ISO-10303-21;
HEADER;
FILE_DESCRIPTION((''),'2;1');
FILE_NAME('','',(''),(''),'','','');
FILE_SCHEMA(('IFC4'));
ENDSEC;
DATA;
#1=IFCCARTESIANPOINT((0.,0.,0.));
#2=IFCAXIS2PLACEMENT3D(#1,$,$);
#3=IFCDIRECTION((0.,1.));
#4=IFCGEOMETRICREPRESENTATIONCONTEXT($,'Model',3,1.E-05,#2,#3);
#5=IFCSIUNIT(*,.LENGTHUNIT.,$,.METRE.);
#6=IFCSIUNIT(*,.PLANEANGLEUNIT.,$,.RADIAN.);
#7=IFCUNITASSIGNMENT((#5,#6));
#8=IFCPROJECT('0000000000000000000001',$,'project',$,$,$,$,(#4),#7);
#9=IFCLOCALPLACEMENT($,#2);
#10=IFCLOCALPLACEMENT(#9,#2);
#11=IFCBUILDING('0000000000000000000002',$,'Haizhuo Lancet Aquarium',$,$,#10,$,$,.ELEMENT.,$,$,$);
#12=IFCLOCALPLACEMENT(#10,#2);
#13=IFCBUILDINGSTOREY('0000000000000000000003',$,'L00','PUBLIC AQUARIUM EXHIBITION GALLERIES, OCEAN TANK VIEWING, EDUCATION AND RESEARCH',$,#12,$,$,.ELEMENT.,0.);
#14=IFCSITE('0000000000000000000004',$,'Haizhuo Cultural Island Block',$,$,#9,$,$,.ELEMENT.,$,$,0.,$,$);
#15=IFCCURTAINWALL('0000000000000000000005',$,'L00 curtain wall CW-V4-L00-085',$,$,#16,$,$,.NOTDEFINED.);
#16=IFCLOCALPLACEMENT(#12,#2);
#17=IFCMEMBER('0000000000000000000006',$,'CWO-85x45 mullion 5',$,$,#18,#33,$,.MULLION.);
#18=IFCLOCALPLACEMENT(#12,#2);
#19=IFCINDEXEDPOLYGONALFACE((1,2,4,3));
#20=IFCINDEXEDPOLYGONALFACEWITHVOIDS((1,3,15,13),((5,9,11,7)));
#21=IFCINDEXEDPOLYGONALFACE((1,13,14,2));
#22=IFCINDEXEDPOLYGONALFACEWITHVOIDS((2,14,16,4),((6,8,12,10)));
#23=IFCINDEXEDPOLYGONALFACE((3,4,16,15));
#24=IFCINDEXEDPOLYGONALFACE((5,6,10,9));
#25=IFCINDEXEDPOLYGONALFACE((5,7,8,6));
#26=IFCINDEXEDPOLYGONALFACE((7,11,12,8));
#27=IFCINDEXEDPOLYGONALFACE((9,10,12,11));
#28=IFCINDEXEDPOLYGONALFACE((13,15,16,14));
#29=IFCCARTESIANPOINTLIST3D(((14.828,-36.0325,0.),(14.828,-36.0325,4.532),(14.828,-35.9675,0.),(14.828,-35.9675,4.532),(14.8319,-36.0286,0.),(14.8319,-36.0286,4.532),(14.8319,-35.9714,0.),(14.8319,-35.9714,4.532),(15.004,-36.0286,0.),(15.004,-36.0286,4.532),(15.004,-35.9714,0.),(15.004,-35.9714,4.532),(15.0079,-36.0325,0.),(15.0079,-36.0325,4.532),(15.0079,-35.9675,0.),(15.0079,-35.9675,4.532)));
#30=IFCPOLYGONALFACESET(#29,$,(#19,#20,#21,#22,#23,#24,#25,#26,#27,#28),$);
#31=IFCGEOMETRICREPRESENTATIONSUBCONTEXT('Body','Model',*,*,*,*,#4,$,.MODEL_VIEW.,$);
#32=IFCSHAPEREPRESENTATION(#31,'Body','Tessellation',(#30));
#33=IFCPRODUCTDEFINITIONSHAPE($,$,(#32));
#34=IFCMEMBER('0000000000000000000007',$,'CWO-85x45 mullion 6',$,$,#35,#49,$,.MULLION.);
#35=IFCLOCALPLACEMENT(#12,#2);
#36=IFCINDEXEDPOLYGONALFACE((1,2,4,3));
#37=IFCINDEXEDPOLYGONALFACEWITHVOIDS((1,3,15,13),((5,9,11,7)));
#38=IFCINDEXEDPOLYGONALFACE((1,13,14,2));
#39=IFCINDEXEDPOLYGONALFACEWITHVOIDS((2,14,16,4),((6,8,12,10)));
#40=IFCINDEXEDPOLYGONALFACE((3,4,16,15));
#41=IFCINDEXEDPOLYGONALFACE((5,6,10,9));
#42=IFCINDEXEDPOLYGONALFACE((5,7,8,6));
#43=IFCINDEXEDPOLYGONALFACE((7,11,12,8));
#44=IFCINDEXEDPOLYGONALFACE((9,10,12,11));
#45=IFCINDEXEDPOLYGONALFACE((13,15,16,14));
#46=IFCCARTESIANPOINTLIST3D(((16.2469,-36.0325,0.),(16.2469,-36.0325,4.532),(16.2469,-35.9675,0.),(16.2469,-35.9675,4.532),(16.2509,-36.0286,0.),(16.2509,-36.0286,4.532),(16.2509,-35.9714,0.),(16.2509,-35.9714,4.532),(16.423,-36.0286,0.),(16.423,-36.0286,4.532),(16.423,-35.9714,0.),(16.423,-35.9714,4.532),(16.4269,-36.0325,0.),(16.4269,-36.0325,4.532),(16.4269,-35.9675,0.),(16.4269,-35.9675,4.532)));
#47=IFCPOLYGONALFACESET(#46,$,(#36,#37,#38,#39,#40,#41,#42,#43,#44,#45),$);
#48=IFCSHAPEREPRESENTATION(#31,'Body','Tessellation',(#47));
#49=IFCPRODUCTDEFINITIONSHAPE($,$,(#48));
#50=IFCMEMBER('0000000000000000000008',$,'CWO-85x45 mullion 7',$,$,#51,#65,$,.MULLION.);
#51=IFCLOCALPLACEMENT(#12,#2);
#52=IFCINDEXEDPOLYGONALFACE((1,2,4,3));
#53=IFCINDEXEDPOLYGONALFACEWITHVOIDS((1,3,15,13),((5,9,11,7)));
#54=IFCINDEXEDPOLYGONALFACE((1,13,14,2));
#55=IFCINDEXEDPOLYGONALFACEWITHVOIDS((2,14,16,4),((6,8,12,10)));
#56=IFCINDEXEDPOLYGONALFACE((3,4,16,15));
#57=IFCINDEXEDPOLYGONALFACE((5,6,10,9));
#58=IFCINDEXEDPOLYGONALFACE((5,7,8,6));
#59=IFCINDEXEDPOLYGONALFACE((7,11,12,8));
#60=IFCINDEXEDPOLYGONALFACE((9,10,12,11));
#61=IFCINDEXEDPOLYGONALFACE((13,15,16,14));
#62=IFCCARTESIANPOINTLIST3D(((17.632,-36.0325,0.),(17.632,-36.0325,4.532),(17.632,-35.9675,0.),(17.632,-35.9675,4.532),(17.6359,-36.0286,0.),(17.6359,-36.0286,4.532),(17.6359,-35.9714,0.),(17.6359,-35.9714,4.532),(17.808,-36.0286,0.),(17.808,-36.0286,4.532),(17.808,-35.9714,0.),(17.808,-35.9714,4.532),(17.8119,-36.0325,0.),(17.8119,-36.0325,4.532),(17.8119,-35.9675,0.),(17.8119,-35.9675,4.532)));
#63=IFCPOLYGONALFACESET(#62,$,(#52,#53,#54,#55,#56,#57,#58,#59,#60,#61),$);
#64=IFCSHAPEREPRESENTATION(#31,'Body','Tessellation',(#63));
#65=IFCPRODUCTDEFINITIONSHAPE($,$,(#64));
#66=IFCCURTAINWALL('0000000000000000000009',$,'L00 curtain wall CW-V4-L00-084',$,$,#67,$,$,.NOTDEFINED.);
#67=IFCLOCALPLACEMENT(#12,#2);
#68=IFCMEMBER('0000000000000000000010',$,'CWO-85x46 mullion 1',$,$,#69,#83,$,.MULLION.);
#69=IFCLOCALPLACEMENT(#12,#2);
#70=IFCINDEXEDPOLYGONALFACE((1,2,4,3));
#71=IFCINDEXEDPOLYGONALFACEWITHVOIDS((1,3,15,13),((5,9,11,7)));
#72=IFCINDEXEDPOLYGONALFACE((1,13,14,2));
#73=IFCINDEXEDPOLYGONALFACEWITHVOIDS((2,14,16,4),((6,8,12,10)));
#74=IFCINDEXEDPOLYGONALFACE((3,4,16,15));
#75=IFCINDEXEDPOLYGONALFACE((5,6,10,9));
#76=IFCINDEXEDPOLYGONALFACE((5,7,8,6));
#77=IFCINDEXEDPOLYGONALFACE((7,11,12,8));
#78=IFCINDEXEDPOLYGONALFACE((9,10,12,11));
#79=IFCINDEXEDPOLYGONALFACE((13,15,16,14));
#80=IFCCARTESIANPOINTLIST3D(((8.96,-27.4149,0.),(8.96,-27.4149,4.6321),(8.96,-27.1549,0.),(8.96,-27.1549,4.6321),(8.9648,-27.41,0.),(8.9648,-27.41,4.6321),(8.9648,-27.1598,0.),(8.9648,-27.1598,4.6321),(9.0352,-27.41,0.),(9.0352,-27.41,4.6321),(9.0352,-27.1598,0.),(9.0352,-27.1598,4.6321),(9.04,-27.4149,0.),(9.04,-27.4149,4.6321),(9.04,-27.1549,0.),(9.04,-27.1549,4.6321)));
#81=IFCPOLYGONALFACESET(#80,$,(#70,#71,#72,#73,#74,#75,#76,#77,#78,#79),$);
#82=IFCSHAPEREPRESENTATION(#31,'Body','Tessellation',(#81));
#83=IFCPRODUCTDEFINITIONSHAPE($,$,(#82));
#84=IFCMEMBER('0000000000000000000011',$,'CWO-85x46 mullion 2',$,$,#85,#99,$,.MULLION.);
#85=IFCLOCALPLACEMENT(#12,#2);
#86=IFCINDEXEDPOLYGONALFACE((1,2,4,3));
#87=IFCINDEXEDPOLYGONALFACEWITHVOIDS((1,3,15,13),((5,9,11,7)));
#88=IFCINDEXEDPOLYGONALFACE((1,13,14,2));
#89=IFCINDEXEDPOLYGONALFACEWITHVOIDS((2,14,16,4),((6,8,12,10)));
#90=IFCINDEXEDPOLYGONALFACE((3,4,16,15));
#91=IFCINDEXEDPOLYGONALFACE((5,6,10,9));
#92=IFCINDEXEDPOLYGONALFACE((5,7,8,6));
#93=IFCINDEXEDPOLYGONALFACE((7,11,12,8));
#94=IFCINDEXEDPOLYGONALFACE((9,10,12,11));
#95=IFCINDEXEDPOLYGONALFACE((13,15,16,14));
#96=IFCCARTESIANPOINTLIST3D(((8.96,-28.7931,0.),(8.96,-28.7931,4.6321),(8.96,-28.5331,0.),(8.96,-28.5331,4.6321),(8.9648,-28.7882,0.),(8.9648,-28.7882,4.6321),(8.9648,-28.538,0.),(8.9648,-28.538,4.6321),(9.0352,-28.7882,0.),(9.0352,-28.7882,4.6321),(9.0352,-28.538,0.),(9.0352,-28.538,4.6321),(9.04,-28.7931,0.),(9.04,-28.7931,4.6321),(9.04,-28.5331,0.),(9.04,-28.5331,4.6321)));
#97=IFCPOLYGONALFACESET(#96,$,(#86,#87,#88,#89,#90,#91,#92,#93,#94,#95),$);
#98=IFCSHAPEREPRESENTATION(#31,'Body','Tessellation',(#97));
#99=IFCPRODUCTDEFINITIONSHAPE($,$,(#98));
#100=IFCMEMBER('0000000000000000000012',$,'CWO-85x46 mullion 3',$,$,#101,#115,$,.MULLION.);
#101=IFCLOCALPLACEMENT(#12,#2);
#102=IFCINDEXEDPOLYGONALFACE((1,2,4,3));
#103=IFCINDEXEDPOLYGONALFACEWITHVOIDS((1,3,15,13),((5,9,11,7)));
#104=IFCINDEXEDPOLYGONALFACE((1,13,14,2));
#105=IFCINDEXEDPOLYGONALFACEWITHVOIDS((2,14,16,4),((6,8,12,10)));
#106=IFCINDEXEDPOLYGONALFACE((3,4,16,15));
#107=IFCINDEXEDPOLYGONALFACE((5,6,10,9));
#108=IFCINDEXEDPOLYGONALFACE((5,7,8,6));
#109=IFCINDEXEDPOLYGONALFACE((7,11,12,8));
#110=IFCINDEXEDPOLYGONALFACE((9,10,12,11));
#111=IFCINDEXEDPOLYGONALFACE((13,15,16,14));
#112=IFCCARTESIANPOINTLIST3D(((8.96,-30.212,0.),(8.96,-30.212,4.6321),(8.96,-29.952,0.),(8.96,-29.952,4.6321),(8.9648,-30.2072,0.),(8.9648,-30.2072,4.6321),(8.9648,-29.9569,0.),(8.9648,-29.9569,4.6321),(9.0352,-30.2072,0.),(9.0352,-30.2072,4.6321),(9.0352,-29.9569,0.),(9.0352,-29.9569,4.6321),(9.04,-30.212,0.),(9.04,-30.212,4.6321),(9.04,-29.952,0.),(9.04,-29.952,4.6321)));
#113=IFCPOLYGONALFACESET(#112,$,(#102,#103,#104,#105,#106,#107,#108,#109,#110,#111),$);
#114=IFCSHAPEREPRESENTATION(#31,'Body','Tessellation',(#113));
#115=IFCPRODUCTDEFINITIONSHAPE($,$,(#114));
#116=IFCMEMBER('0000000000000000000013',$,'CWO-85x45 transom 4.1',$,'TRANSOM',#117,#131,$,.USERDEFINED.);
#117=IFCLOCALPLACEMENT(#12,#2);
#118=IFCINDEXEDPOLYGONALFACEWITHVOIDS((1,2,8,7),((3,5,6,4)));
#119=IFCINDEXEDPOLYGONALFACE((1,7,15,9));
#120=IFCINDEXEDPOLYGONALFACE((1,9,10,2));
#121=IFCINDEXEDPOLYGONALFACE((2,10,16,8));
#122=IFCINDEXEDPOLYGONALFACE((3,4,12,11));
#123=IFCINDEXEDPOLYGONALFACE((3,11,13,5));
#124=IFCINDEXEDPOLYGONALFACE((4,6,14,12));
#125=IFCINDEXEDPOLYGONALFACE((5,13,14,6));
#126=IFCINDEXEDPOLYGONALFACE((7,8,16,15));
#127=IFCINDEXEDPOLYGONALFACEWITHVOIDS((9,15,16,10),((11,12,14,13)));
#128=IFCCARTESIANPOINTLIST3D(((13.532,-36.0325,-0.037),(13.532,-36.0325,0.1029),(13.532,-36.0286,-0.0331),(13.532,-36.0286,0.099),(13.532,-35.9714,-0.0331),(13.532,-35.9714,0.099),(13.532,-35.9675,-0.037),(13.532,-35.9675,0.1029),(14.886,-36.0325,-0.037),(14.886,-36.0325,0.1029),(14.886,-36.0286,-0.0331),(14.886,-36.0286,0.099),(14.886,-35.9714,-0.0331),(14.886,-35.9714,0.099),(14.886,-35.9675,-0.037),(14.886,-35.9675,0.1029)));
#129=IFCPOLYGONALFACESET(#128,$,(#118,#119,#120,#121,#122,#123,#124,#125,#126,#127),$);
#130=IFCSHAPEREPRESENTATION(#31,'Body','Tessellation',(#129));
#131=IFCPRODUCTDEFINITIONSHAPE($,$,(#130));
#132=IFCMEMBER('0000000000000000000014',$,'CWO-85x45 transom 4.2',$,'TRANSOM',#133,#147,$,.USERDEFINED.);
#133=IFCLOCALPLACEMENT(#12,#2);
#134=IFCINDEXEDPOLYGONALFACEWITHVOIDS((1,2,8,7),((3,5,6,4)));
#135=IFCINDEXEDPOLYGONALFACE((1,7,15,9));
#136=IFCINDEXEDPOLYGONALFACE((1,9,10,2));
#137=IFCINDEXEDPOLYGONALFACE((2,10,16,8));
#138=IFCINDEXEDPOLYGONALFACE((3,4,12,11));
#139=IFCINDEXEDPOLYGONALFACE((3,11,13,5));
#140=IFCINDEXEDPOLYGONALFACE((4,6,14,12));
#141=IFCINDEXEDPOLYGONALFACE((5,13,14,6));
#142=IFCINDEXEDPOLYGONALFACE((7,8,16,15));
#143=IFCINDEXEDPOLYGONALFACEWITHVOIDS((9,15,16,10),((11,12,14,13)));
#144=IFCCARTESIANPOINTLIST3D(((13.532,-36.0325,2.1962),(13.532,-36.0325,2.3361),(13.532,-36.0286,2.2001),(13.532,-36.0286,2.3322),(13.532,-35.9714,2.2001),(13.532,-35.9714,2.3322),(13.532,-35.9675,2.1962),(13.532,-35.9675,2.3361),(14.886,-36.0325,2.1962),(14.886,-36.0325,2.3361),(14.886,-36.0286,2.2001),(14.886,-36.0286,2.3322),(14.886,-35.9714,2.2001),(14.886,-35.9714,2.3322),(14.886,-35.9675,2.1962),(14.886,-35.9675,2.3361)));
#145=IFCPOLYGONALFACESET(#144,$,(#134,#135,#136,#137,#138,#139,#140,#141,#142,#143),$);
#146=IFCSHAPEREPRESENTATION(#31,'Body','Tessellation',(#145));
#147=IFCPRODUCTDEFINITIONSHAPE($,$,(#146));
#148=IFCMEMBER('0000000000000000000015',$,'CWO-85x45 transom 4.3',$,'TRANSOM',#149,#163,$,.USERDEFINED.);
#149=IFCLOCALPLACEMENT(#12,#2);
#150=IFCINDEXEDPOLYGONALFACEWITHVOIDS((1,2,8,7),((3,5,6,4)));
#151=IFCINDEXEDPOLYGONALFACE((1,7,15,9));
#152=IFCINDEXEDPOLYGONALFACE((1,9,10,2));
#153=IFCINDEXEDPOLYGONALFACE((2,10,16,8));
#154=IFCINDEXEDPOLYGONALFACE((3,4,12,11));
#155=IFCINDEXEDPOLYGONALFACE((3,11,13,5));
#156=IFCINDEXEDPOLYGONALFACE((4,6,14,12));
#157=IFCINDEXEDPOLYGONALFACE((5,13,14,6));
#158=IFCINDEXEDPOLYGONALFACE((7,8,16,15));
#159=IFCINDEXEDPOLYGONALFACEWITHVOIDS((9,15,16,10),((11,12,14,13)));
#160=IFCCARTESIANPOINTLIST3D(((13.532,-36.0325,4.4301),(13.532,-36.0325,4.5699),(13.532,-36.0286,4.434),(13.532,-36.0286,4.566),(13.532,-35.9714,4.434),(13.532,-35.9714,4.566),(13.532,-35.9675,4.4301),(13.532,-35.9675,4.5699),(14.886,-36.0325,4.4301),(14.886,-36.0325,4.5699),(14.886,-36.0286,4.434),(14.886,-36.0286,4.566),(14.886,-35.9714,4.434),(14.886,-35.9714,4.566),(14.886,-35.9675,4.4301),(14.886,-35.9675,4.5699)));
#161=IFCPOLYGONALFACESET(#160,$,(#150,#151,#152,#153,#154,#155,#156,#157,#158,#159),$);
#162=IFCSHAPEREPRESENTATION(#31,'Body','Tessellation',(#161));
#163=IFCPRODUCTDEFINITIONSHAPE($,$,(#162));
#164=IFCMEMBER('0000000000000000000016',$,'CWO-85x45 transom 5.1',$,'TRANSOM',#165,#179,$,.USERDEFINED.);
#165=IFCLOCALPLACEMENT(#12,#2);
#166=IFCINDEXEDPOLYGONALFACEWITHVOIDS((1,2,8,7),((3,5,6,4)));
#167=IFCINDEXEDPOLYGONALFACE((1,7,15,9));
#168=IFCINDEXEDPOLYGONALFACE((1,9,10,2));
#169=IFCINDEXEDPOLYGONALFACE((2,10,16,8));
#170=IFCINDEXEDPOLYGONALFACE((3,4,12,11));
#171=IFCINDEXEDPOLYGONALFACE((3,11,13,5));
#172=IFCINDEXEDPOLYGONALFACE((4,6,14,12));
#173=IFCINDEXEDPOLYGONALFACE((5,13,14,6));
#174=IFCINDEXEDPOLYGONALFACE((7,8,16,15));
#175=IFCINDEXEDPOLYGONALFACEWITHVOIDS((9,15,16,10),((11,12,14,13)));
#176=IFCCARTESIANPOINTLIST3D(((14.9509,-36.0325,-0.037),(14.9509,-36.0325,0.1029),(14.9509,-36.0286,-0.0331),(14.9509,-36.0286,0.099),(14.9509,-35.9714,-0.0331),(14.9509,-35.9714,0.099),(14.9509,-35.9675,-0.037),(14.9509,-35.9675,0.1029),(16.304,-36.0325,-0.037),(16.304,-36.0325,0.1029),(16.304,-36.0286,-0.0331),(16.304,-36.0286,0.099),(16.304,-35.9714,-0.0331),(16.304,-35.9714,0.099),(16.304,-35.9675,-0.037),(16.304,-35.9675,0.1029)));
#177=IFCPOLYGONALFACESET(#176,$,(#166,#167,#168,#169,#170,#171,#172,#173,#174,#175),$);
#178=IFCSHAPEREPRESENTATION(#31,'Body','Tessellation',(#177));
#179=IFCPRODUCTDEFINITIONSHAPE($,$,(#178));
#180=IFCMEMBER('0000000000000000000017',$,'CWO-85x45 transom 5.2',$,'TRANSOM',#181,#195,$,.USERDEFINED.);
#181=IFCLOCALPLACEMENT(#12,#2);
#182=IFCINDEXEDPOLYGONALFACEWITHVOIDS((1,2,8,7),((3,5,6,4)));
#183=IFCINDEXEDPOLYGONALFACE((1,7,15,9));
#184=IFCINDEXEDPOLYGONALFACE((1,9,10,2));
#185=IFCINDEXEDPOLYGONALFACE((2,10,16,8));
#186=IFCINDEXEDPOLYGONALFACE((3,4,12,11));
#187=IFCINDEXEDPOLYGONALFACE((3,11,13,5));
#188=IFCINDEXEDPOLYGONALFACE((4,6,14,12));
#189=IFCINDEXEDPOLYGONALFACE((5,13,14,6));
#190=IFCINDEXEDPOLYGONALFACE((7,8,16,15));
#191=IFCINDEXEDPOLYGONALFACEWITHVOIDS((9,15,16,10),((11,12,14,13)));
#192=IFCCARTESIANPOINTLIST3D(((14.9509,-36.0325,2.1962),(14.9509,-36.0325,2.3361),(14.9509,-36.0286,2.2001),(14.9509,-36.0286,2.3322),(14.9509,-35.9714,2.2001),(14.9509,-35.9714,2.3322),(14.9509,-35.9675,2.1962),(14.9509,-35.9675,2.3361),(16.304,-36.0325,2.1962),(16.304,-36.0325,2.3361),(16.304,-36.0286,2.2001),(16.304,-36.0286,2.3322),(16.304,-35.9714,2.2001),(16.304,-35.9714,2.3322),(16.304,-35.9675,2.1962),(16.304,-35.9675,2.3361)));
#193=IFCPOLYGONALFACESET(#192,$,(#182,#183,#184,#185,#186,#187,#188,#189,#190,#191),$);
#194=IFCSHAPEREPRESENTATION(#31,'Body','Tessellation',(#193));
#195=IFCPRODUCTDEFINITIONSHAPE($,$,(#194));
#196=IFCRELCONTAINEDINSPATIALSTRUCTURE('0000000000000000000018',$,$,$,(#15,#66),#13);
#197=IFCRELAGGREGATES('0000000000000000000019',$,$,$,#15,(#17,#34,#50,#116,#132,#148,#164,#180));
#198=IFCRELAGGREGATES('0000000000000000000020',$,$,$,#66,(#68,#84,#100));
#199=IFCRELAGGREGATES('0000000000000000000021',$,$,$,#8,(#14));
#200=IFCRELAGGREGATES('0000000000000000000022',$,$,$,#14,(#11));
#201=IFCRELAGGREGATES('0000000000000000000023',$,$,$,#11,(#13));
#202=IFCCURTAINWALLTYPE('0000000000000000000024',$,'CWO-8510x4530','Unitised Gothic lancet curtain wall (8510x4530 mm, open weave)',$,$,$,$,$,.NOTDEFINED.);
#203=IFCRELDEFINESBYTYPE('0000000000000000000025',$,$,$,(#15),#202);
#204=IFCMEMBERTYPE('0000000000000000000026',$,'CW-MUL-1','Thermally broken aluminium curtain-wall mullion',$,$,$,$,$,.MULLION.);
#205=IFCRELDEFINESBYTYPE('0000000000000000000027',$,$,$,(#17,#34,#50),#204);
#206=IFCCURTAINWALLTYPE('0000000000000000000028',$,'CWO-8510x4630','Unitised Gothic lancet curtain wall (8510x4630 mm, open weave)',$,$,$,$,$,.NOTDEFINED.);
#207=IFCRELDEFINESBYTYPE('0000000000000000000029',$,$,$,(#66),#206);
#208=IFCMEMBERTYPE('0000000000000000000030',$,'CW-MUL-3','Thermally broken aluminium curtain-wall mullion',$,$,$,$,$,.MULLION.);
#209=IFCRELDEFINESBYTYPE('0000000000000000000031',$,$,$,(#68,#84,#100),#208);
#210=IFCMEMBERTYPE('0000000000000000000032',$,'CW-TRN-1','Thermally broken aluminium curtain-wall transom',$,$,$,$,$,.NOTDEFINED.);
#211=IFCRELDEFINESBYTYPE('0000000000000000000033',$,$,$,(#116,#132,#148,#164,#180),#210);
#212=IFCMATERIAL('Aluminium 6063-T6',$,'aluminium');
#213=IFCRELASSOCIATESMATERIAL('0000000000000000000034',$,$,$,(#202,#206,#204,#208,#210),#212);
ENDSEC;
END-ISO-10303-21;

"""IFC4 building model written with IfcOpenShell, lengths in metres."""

from ifc_helpers import new_model, si_unit, direction, frame, origin, origin_2d, place, context, subcontext, project, spatial, hollow_rectangle, extrude, material, material_profile, profile_set, type_object, element, aggregate, save


model = new_model("IFC4")

# Units and contexts
model_context = context("Model", 3, precision=1e-05, world=origin(), true_north=direction((0.0, 1.0)))
body_context = subcontext(model_context, "Body", "Model", "MODEL_VIEW")
ifc_project = project(units=[si_unit("LENGTHUNIT", "METRE"), si_unit("PLANEANGLEUNIT", "RADIAN")], contexts=[model_context])

# Site, building, storey
site_placement = place(None, origin())
site = spatial("IfcSite", under=ifc_project, at=site_placement, Name="Haizhuo Cultural Island Block", CompositionType="ELEMENT", RefElevation=0.0)
building_placement = place(site_placement, origin())
building = spatial("IfcBuilding", under=site, at=building_placement, Name="Haizhuo Lancet Aquarium", CompositionType="ELEMENT")
storey_placement = place(building_placement, origin())
storey = spatial("IfcBuildingStorey", under=building, at=storey_placement, Name="L00", Description="PUBLIC AQUARIUM EXHIBITION GALLERIES, OCEAN TANK VIEWING, EDUCATION AND RESEARCH", CompositionType="ELEMENT", Elevation=0.0)

# Curtain walls, members
ifc_material_1 = material(Name="Aluminium 6063-T6", Category="aluminium")
curtain_wall_type_1 = type_object("IfcCurtainWallType", Name="CWO-8510x4530", Description="Unitised Gothic lancet curtain wall (8510x4530 mm, open weave)", PredefinedType="NOTDEFINED", material=ifc_material_1)
curtain_wall_1_placement = place(storey_placement, origin())
curtain_wall_1 = element("IfcCurtainWall", 1, at=curtain_wall_1_placement, inside=storey, type_object=curtain_wall_type_1, Name="L00 curtain wall CW-V4-L00-085", PredefinedType="NOTDEFINED")
ifc_material_profile_1 = material_profile(ifc_material_1, hollow_rectangle(XDim=0.0649, YDim=0.1799, WallThickness=0.0039, at=origin_2d()), Name="ALU-M 65x180x4")
ifc_profile_set_1 = profile_set([ifc_material_profile_1], Name="Aluminium 6063-T6")
member_type_1 = type_object("IfcMemberType", Name="CW-MUL-1", Description="Thermally broken aluminium curtain-wall mullion", PredefinedType="MULLION", material=ifc_profile_set_1)
member_1_placement = place(storey_placement, frame((14.918, -36.0, 0.0), z_axis=(0.0, 0.0, 1.0), x_axis=(0.0, 1.0, 0.0)))
member_1 = element("IfcMember", 2, at=member_1_placement, type_object=member_type_1, Name="CWO-85x45 mullion 5", PredefinedType="MULLION", context=body_context, shape_type="SweptSolid", body=[
    extrude(hollow_rectangle(XDim=0.0649, YDim=0.1799, WallThickness=0.0039, at=origin_2d()), origin(), (0.0, 0.0, 1.0), 4.532),
])
member_2_placement = place(storey_placement, frame((16.3369, -36.0, 0.0), z_axis=(0.0, 0.0, 1.0), x_axis=(0.0, 1.0, 0.0)))
member_2 = element("IfcMember", 3, at=member_2_placement, type_object=member_type_1, Name="CWO-85x45 mullion 6", PredefinedType="MULLION", context=body_context, shape_type="SweptSolid", body=[
    extrude(hollow_rectangle(XDim=0.0649, YDim=0.1799, WallThickness=0.0039, at=origin_2d()), origin(), (0.0, 0.0, 1.0), 4.532),
])
member_3_placement = place(storey_placement, frame((17.7219, -36.0, 0.0), z_axis=(0.0, 0.0, 1.0), x_axis=(0.0, 1.0, 0.0)))
member_3 = element("IfcMember", 4, at=member_3_placement, type_object=member_type_1, Name="CWO-85x45 mullion 7", PredefinedType="MULLION", context=body_context, shape_type="SweptSolid", body=[
    extrude(hollow_rectangle(XDim=0.0649, YDim=0.1799, WallThickness=0.0039, at=origin_2d()), origin(), (0.0, 0.0, 1.0), 4.532),
])
curtain_wall_type_2 = type_object("IfcCurtainWallType", Name="CWO-8510x4630", Description="Unitised Gothic lancet curtain wall (8510x4630 mm, open weave)", PredefinedType="NOTDEFINED", material=ifc_material_1)
curtain_wall_2_placement = place(storey_placement, origin())
curtain_wall_2 = element("IfcCurtainWall", 5, at=curtain_wall_2_placement, inside=storey, type_object=curtain_wall_type_2, Name="L00 curtain wall CW-V4-L00-084", PredefinedType="NOTDEFINED")
ifc_material_profile_2 = material_profile(ifc_material_1, hollow_rectangle(XDim=0.0801, YDim=0.26, WallThickness=0.0049, at=origin_2d()), Name="ALU-M 80x260x5")
ifc_profile_set_2 = profile_set([ifc_material_profile_2], Name="Aluminium 6063-T6")
member_type_2 = type_object("IfcMemberType", Name="CW-MUL-3", Description="Thermally broken aluminium curtain-wall mullion", PredefinedType="MULLION", material=ifc_profile_set_2)
member_4_placement = place(storey_placement, frame((9.0, -27.2849, 0.0), z_axis=(0.0, 0.0, 1.0), x_axis=(1.0, 0.0, 0.0)))
member_4 = element("IfcMember", 6, at=member_4_placement, type_object=member_type_2, Name="CWO-85x46 mullion 1", PredefinedType="MULLION", context=body_context, shape_type="SweptSolid", body=[
    extrude(hollow_rectangle(XDim=0.0801, YDim=0.26, WallThickness=0.0049, at=origin_2d()), origin(), (0.0, 0.0, 1.0), 4.6321),
])
member_5_placement = place(storey_placement, frame((9.0, -28.6631, 0.0), z_axis=(0.0, 0.0, 1.0), x_axis=(1.0, 0.0, 0.0)))
member_5 = element("IfcMember", 7, at=member_5_placement, type_object=member_type_2, Name="CWO-85x46 mullion 2", PredefinedType="MULLION", context=body_context, shape_type="SweptSolid", body=[
    extrude(hollow_rectangle(XDim=0.0801, YDim=0.26, WallThickness=0.0049, at=origin_2d()), origin(), (0.0, 0.0, 1.0), 4.6321),
])
member_6_placement = place(storey_placement, frame((9.0, -30.082, 0.0), z_axis=(0.0, 0.0, 1.0), x_axis=(1.0, 0.0, 0.0)))
member_6 = element("IfcMember", 8, at=member_6_placement, type_object=member_type_2, Name="CWO-85x46 mullion 3", PredefinedType="MULLION", context=body_context, shape_type="SweptSolid", body=[
    extrude(hollow_rectangle(XDim=0.0801, YDim=0.26, WallThickness=0.0049, at=origin_2d()), origin(), (0.0, 0.0, 1.0), 4.6321),
])

# Members
ifc_material_profile_3 = material_profile(ifc_material_1, hollow_rectangle(XDim=0.0649, YDim=0.1399, WallThickness=0.0039, at=origin_2d()), Name="ALU-T 65x140x4")
ifc_profile_set_3 = profile_set([ifc_material_profile_3], Name="Aluminium 6063-T6")
member_type_3 = type_object("IfcMemberType", Name="CW-TRN-1", Description="Thermally broken aluminium curtain-wall transom", PredefinedType="NOTDEFINED", material=ifc_profile_set_3)
member_7_placement = place(storey_placement, frame((13.532, -36.0, 0.033), z_axis=(1.0, 0.0, 0.0), x_axis=(0.0, 1.0, 0.0)))
member_7 = element("IfcMember", 9, at=member_7_placement, type_object=member_type_3, Name="CWO-85x45 transom 4.1", ObjectType="TRANSOM", PredefinedType="USERDEFINED", context=body_context, shape_type="SweptSolid", body=[
    extrude(hollow_rectangle(XDim=0.0649, YDim=0.1399, WallThickness=0.0039, at=origin_2d()), origin(), (0.0, 0.0, 1.0), 1.354),
])
member_8_placement = place(storey_placement, frame((13.532, -36.0, 2.2661), z_axis=(1.0, 0.0, 0.0), x_axis=(0.0, 1.0, 0.0)))
member_8 = element("IfcMember", 10, at=member_8_placement, type_object=member_type_3, Name="CWO-85x45 transom 4.2", ObjectType="TRANSOM", PredefinedType="USERDEFINED", context=body_context, shape_type="SweptSolid", body=[
    extrude(hollow_rectangle(XDim=0.0649, YDim=0.1399, WallThickness=0.0039, at=origin_2d()), origin(), (0.0, 0.0, 1.0), 1.354),
])
member_9_placement = place(storey_placement, frame((13.532, -36.0, 4.5), z_axis=(1.0, 0.0, 0.0), x_axis=(0.0, 1.0, 0.0)))
member_9 = element("IfcMember", 11, at=member_9_placement, type_object=member_type_3, Name="CWO-85x45 transom 4.3", ObjectType="TRANSOM", PredefinedType="USERDEFINED", context=body_context, shape_type="SweptSolid", body=[
    extrude(hollow_rectangle(XDim=0.0649, YDim=0.1399, WallThickness=0.0039, at=origin_2d()), origin(), (0.0, 0.0, 1.0), 1.354),
])
member_10_placement = place(storey_placement, frame((14.9509, -36.0, 0.033), z_axis=(1.0, 0.0, 0.0), x_axis=(0.0, 1.0, 0.0)))
member_10 = element("IfcMember", 12, at=member_10_placement, type_object=member_type_3, Name="CWO-85x45 transom 5.1", ObjectType="TRANSOM", PredefinedType="USERDEFINED", context=body_context, shape_type="SweptSolid", body=[
    extrude(hollow_rectangle(XDim=0.0649, YDim=0.1399, WallThickness=0.0039, at=origin_2d()), origin(), (0.0, 0.0, 1.0), 1.353),
])
member_11_placement = place(storey_placement, frame((14.9509, -36.0, 2.2661), z_axis=(1.0, 0.0, 0.0), x_axis=(0.0, 1.0, 0.0)))
member_11 = element("IfcMember", 13, at=member_11_placement, type_object=member_type_3, Name="CWO-85x45 transom 5.2", ObjectType="TRANSOM", PredefinedType="USERDEFINED", context=body_context, shape_type="SweptSolid", body=[
    extrude(hollow_rectangle(XDim=0.0649, YDim=0.1399, WallThickness=0.0039, at=origin_2d()), origin(), (0.0, 0.0, 1.0), 1.353),
])

aggregate(curtain_wall_1, [member_1, member_2, member_3, member_7, member_8, member_9, member_10, member_11])
aggregate(curtain_wall_2, [member_4, member_5, member_6])

save(model, "model.ifc")
